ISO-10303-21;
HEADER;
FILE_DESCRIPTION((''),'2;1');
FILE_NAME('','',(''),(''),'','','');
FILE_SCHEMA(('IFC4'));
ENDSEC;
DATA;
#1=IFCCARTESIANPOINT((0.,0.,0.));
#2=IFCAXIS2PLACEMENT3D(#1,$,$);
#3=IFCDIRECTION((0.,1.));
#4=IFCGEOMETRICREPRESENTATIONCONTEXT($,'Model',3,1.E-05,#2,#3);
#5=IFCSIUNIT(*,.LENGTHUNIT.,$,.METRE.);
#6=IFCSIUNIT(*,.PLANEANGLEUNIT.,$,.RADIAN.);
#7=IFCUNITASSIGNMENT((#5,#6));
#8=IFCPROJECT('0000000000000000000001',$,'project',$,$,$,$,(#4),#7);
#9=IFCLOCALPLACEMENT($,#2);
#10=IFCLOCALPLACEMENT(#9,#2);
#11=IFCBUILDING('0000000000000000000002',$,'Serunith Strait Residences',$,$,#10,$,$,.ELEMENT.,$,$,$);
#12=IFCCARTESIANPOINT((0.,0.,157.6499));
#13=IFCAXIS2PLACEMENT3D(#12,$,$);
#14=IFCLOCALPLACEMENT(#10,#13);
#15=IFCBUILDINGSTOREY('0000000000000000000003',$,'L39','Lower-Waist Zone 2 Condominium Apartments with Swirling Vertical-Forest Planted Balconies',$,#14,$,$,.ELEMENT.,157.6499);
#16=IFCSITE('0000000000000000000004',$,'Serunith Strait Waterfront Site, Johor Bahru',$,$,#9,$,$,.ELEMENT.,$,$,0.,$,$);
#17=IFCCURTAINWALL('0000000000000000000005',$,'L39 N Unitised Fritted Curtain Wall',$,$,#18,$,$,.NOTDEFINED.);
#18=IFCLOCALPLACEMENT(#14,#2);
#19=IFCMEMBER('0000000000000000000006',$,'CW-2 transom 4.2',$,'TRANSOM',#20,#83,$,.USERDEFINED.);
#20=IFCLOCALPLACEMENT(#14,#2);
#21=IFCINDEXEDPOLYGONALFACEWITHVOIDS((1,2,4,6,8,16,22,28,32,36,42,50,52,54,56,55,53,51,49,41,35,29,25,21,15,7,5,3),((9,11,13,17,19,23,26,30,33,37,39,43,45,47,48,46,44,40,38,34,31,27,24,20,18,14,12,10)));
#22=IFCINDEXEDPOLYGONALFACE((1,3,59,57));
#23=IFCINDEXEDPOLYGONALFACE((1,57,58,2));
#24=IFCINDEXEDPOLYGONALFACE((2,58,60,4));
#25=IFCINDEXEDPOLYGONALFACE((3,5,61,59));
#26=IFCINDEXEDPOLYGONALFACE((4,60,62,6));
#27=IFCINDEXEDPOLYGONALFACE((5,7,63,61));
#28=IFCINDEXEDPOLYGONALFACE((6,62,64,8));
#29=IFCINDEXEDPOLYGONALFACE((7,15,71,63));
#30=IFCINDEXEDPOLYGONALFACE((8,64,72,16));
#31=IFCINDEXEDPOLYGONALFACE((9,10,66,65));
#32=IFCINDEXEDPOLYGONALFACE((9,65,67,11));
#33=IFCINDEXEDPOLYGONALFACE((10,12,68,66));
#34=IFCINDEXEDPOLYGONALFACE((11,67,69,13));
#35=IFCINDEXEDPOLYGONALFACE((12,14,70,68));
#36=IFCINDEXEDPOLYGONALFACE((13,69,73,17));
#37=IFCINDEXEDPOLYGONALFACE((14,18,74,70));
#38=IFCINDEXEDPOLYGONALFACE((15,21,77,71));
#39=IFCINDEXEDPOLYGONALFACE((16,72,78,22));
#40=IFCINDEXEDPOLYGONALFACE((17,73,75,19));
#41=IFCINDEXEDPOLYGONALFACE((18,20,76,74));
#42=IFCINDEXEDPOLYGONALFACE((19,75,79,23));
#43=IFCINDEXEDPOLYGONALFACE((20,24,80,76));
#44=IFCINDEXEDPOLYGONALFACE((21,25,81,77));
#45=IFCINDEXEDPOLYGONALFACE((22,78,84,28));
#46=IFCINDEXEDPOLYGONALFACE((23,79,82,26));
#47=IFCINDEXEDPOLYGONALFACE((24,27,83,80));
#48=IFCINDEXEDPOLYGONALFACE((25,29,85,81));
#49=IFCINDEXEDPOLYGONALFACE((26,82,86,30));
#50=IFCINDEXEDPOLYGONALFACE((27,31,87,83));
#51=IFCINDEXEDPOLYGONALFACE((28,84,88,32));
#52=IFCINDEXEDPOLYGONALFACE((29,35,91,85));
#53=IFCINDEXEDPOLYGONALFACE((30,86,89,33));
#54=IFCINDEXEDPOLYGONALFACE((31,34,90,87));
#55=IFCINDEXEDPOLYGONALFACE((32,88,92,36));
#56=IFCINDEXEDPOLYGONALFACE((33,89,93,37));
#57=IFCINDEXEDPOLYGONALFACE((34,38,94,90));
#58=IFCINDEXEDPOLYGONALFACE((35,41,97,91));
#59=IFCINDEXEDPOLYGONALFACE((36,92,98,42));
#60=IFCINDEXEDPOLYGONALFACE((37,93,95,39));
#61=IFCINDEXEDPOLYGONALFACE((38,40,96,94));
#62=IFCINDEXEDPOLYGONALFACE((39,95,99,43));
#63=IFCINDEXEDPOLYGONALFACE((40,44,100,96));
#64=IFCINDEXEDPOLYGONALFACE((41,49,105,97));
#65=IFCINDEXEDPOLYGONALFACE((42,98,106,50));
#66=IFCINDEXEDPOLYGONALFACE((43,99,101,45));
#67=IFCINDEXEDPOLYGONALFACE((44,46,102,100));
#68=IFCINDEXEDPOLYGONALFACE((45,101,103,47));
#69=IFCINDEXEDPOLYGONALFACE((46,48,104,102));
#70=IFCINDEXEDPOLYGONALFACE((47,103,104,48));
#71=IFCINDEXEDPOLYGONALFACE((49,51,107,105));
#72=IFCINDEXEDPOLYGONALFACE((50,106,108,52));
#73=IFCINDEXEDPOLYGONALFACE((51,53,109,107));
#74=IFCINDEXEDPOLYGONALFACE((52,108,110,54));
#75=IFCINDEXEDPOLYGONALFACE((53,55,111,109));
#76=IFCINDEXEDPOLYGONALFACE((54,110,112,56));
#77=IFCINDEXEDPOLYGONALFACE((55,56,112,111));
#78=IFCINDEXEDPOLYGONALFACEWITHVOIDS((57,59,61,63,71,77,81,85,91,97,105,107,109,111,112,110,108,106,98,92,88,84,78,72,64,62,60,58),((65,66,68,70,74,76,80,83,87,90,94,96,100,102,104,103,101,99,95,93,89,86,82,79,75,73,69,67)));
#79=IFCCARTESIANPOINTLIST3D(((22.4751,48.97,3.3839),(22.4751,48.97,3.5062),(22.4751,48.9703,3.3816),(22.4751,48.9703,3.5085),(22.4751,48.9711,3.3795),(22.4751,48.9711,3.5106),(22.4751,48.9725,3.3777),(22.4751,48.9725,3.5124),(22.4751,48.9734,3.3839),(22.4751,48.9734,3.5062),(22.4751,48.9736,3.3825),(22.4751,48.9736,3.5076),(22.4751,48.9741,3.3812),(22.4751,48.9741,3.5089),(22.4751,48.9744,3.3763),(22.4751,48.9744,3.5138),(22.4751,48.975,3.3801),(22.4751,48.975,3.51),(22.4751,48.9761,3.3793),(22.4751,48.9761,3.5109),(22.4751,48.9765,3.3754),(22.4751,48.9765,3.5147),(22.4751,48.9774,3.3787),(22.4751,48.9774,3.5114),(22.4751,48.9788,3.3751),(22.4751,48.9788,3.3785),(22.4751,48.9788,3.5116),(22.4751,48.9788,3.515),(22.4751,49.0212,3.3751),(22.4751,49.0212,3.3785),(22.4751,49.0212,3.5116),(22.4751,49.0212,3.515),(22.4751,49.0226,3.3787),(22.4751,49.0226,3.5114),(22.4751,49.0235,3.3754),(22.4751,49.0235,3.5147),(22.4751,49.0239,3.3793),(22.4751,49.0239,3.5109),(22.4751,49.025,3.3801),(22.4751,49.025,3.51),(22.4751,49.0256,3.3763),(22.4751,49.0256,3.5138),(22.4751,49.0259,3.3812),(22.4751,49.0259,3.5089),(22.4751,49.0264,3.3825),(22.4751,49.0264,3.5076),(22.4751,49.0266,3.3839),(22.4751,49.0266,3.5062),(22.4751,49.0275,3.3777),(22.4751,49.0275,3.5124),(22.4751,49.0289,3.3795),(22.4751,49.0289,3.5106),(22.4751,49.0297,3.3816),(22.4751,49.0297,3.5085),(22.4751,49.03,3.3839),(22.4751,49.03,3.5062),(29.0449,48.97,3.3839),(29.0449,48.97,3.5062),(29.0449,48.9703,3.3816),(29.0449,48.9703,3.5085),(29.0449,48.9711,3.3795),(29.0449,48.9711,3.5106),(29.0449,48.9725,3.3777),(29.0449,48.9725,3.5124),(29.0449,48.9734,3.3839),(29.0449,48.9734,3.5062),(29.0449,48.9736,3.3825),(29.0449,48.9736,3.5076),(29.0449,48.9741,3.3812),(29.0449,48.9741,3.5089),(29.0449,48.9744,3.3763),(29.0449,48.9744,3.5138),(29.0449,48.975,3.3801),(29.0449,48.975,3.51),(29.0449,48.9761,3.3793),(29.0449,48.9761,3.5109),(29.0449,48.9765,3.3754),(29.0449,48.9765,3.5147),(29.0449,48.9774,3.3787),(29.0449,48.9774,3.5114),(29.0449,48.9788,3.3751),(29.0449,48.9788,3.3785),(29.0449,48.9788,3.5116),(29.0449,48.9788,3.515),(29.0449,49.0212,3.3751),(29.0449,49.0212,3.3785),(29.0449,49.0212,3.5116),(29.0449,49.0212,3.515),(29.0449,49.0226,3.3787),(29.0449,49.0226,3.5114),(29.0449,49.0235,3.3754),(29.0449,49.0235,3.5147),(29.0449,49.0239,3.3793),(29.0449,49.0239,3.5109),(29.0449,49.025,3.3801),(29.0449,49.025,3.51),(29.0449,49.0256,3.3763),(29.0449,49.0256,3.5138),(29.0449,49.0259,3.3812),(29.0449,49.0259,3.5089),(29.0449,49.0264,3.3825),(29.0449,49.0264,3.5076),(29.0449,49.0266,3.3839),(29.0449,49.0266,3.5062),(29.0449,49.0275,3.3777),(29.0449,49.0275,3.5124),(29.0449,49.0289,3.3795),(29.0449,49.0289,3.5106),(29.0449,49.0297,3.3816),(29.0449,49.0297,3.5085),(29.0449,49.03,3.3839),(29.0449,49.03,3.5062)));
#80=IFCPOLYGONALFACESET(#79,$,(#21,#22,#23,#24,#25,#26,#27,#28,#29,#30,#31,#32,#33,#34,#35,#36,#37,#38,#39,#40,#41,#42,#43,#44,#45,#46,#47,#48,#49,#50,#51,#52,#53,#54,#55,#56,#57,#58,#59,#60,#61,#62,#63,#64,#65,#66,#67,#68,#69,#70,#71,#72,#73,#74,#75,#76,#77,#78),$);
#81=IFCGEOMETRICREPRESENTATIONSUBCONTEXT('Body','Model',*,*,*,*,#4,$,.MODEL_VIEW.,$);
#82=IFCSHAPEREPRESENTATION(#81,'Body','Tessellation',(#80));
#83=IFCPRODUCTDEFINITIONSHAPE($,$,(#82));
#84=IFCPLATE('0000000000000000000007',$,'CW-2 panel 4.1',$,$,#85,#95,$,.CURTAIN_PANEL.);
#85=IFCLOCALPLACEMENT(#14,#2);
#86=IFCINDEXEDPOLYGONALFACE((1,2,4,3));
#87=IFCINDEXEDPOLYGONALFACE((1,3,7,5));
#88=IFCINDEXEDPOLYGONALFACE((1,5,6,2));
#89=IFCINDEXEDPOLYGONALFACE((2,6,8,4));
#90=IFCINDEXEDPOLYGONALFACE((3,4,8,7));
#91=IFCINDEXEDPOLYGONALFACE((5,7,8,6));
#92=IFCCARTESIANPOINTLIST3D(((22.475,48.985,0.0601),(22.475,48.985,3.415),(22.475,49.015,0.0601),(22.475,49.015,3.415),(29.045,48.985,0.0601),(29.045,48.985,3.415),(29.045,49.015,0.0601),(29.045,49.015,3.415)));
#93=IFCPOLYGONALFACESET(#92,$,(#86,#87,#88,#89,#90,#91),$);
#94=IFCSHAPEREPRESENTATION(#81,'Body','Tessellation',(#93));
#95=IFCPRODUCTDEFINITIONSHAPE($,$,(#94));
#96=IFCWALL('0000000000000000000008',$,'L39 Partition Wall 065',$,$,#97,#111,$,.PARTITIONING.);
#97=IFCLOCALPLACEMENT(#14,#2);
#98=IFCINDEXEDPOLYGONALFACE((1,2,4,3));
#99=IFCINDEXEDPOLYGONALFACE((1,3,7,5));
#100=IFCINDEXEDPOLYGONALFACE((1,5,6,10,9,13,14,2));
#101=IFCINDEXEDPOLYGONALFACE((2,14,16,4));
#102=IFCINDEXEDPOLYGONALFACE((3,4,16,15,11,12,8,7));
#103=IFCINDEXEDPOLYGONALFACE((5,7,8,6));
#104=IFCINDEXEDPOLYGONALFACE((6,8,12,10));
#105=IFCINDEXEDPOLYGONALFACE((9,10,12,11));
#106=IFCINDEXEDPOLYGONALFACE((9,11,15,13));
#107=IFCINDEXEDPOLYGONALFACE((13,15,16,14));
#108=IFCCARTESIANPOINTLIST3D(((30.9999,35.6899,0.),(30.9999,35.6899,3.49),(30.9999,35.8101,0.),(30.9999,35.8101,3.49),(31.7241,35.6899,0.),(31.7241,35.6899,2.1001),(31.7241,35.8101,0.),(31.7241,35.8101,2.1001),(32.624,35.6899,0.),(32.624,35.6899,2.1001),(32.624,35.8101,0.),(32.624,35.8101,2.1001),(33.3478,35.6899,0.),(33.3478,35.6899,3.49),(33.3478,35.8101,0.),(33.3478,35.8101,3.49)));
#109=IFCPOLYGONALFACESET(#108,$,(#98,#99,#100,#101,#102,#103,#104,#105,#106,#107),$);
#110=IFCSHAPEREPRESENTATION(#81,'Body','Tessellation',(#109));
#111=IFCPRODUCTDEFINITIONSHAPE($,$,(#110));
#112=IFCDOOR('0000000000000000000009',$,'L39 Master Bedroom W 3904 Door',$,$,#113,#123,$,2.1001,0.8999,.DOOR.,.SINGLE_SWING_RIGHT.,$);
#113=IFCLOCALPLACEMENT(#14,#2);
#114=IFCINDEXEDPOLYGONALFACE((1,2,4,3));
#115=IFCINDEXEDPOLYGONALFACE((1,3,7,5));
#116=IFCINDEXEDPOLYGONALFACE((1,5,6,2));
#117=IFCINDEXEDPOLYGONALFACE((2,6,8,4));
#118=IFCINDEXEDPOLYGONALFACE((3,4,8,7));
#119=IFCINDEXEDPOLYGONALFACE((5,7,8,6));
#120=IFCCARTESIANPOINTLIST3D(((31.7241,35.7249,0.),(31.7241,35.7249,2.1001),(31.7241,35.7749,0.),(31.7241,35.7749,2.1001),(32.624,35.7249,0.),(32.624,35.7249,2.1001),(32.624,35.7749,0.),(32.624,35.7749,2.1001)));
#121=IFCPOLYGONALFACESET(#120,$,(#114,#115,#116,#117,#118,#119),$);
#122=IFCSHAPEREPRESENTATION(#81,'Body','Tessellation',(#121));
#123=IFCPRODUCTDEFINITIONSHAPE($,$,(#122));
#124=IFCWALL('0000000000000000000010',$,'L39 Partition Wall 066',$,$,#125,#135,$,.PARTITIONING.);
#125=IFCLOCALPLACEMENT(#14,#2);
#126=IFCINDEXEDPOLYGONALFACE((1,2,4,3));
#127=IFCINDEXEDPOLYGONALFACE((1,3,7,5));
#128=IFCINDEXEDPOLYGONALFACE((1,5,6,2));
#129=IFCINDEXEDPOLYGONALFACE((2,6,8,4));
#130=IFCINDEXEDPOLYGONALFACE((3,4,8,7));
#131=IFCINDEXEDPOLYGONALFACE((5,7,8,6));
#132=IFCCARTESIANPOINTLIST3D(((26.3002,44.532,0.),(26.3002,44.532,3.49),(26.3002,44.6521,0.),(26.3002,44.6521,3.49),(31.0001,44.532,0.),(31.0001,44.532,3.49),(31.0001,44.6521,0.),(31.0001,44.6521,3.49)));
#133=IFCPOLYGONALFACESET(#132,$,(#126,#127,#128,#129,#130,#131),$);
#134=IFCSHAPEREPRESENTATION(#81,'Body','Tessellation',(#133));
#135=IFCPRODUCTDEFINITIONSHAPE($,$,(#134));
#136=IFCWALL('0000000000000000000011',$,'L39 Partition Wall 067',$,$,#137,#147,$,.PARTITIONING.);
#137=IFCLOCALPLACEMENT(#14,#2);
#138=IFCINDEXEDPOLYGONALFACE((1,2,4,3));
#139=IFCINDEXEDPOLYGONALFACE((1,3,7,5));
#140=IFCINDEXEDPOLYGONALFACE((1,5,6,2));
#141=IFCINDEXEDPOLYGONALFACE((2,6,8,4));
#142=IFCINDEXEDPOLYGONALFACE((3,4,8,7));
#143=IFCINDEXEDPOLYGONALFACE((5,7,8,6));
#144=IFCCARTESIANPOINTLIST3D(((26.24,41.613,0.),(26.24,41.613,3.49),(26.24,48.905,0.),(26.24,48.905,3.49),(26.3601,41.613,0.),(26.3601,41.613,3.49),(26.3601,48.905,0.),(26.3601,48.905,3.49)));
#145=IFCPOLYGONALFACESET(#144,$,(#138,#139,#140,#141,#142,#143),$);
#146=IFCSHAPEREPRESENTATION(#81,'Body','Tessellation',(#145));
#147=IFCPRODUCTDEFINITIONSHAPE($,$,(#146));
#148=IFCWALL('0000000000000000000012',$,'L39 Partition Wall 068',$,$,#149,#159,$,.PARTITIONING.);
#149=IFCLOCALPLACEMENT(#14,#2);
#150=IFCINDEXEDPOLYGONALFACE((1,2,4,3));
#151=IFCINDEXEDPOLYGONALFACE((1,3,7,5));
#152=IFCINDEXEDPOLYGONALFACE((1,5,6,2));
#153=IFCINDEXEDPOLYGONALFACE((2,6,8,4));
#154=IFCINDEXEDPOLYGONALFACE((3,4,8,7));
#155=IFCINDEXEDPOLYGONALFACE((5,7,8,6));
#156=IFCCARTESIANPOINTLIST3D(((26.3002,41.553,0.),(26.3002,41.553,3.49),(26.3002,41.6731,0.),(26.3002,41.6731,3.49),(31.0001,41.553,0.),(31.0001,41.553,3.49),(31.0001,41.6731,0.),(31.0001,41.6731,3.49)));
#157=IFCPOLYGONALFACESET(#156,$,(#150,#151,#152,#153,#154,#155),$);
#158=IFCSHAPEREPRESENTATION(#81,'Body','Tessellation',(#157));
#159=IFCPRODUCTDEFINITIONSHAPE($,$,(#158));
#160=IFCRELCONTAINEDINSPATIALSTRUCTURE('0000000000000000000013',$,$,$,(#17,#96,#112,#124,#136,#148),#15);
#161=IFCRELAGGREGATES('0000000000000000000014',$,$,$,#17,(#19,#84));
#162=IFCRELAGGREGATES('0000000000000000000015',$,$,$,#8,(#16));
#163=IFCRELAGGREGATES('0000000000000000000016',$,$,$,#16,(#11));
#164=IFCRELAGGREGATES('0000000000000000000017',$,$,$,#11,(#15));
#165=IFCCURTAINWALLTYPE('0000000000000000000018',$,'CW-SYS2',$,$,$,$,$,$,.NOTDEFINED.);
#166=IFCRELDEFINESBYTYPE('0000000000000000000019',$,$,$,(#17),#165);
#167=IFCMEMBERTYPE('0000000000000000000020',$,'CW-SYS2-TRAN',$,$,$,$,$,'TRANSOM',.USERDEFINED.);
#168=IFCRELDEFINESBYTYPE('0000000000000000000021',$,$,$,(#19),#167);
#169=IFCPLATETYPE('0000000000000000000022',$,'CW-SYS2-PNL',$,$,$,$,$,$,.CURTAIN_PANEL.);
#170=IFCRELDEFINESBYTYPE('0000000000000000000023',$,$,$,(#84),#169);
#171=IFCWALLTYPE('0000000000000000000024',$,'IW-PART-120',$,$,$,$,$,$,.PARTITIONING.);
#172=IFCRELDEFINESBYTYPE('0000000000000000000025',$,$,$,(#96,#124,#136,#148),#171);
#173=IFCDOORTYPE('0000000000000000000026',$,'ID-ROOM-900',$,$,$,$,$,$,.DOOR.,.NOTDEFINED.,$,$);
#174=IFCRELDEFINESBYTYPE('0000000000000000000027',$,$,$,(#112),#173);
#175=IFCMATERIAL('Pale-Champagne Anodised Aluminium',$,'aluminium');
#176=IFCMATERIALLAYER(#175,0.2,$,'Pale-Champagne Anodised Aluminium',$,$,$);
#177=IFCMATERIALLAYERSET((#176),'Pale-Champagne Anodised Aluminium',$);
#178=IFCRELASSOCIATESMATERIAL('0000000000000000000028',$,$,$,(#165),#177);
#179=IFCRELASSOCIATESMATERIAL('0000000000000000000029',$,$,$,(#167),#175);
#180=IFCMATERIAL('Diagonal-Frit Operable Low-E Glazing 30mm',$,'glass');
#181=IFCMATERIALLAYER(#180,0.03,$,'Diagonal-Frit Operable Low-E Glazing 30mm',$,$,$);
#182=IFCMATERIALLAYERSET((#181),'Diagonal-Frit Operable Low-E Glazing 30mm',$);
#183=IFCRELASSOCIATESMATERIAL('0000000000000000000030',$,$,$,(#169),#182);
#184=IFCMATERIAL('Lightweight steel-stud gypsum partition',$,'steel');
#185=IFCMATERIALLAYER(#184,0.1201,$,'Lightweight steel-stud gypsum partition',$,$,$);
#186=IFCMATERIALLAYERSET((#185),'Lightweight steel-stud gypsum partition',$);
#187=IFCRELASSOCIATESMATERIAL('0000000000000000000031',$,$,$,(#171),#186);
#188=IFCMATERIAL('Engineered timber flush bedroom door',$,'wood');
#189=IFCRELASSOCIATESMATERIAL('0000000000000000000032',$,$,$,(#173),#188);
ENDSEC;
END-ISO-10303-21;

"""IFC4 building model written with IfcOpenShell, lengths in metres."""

from ifc_helpers import new_model, si_unit, direction, frame, frame_2d, origin, origin_2d, place, context, subcontext, project, spatial, rectangle, hollow_rectangle, extrude, source, transform, mapped, material, layer, layer_set, material_profile, profile_set, type_object, element, fill, aggregate, save


model = new_model("IFC4")

# Units and contexts
model_context = context("Model", 3, precision=1e-05, world=origin(), true_north=direction((0.0, 1.0)))
body_context = subcontext(model_context, "Body", "Model", "MODEL_VIEW")
ifc_project = project(units=[si_unit("LENGTHUNIT", "METRE"), si_unit("PLANEANGLEUNIT", "RADIAN")], contexts=[model_context])

# Site, building, storey
site_placement = place(None, origin())
site = spatial("IfcSite", under=ifc_project, at=site_placement, Name="Serunith Strait Waterfront Site, Johor Bahru", CompositionType="ELEMENT", RefElevation=0.0)
building_placement = place(site_placement, origin())
building = spatial("IfcBuilding", under=site, at=building_placement, Name="Serunith Strait Residences", CompositionType="ELEMENT")
storey_placement = place(building_placement, frame((0.0, 0.0, 157.6499)))
storey = spatial("IfcBuildingStorey", under=building, at=storey_placement, Name="L39", Description="Lower-Waist Zone 2 Condominium Apartments with Swirling Vertical-Forest Planted Balconies", CompositionType="ELEMENT", Elevation=157.6499)

# Curtain wall, member, plate
ifc_material_1 = material(Name="Pale-Champagne Anodised Aluminium", Category="aluminium")
ifc_layer_1 = layer(ifc_material_1, 0.2, Name="Pale-Champagne Anodised Aluminium")
ifc_layer_set_1 = layer_set([ifc_layer_1], Name="Pale-Champagne Anodised Aluminium")
curtain_wall_type = type_object("IfcCurtainWallType", Name="CW-SYS2", PredefinedType="NOTDEFINED", material=ifc_layer_set_1)
curtain_wall_placement = place(storey_placement, origin())
curtain_wall = element("IfcCurtainWall", 1, at=curtain_wall_placement, inside=storey, type_object=curtain_wall_type, Name="L39 N Unitised Fritted Curtain Wall", PredefinedType="NOTDEFINED")
ifc_material_profile_1 = material_profile(ifc_material_1, hollow_rectangle(XDim=0.0601, YDim=0.1399, WallThickness=0.0034, InnerFilletRadius=0.0054, OuterFilletRadius=0.0088, at=origin_2d()), Name="ALU 140x60x3.5")
ifc_profile_set_1 = profile_set([ifc_material_profile_1], Name="Pale-Champagne Anodised Aluminium")
member_type_1 = type_object("IfcMemberType", Name="CW-SYS2-TRAN", ElementType="TRANSOM", PredefinedType="USERDEFINED", material=ifc_profile_set_1)
shared_shape_1 = source(origin(), body_context, "Body", "SweptSolid", [
    extrude(hollow_rectangle(XDim=0.0601, YDim=0.1399, WallThickness=0.0034, InnerFilletRadius=0.0054, OuterFilletRadius=0.0088, at=origin_2d()), origin(), (0.0, 0.0, 1.0), 6.5698),
])
member_1_placement = place(storey_placement, frame((29.0449, 49.0, 3.4451), z_axis=(-1.0, 0.0, 0.0), x_axis=(0.0, -1.0, 0.0)))
member_1 = element("IfcMember", 2, at=member_1_placement, type_object=member_type_1, Name="CW-2 transom 4.2", ObjectType="TRANSOM", PredefinedType="USERDEFINED", context=body_context, shape_type="MappedRepresentation", body=[
    mapped(shared_shape_1, transform((0.0, 0.0, 0.0), scale=1.0)),
])
ifc_material_2 = material(Name="Diagonal-Frit Operable Low-E Glazing 30mm", Category="glass")
ifc_layer_2 = layer(ifc_material_2, 0.03, Name="Diagonal-Frit Operable Low-E Glazing 30mm")
ifc_layer_set_2 = layer_set([ifc_layer_2], Name="Diagonal-Frit Operable Low-E Glazing 30mm")
plate_type = type_object("IfcPlateType", Name="CW-SYS2-PNL", PredefinedType="CURTAIN_PANEL", material=ifc_layer_set_2)
shared_shape_2 = source(origin(), body_context, "Body", "SweptSolid", [
    extrude(rectangle(XDim=6.5701, YDim=0.03, at=origin_2d()), origin(), (0.0, 0.0, 1.0), 3.355),
])
plate_placement = place(storey_placement, frame((25.76, 49.0, 0.0601), z_axis=(0.0, 0.0, 1.0), x_axis=(-1.0, 0.0, 0.0)))
plate = element("IfcPlate", 3, at=plate_placement, type_object=plate_type, Name="CW-2 panel 4.1", PredefinedType="CURTAIN_PANEL", context=body_context, shape_type="MappedRepresentation", body=[
    mapped(shared_shape_2, transform((0.0, 0.0, 0.0), scale=1.0)),
])
aggregate(curtain_wall, [member_1, plate])

# Wall, opening, door
ifc_material_3 = material(Name="Lightweight steel-stud gypsum partition", Category="steel")
ifc_layer_3 = layer(ifc_material_3, 0.1201, Name="Lightweight steel-stud gypsum partition")
ifc_layer_set_3 = layer_set([ifc_layer_3], Name="Lightweight steel-stud gypsum partition")
wall_type_1 = type_object("IfcWallType", Name="IW-PART-120", PredefinedType="PARTITIONING", material=ifc_layer_set_3)
wall_1_placement = place(storey_placement, frame((31.0, 35.75, 0.0), z_axis=(0.0, 0.0, 1.0), x_axis=(1.0, 0.0, 0.0)))
wall_1 = element("IfcWall", 4, at=wall_1_placement, inside=storey, type_object=wall_type_1, Name="L39 Partition Wall 065", PredefinedType="PARTITIONING", context=body_context, shape_type="SweptSolid", body=[
    extrude(rectangle(XDim=2.3479, YDim=0.1201, at=frame_2d((1.1738, 0.0))), origin(), (0.0, 0.0, 1.0), 3.49),
])
opening_1_placement = place(wall_1_placement, frame((0.7241, 0.0, 0.0)))
opening_1 = element("IfcOpeningElement", 5, at=opening_1_placement, cuts=wall_1, PredefinedType="OPENING", context=body_context, shape_type="SweptSolid", body=[
    extrude(rectangle(XDim=0.8999, YDim=2.1001, at=frame_2d((0.45, 1.05))), frame((0.0, 0.0701, 0.0), z_axis=(0.0, -1.0, 0.0), x_axis=(1.0, 0.0, 0.0)), (0.0, 0.0, 1.0), 0.1401),
])
ifc_material_4 = material(Name="Engineered timber flush bedroom door", Category="wood")
door_type_1 = type_object("IfcDoorType", Name="ID-ROOM-900", OperationType="NOTDEFINED", PredefinedType="DOOR", material=ifc_material_4)
shared_shape_3 = source(origin(), body_context, "Body", "SweptSolid", [
    extrude(rectangle(XDim=0.8999, YDim=2.1001, at=frame_2d((0.45, 1.05))), frame((0.0, 0.0249, 0.0), z_axis=(0.0, -1.0, 0.0), x_axis=(1.0, 0.0, 0.0)), (0.0, 0.0, 1.0), 0.05),
])
door_1_placement = place(opening_1_placement, origin())
door_1 = element("IfcDoor", 6, at=door_1_placement, inside=storey, type_object=door_type_1, Name="L39 Master Bedroom W 3904 Door", OperationType="SINGLE_SWING_RIGHT", OverallHeight=2.1001, OverallWidth=0.8999, PredefinedType="DOOR", context=body_context, shape_type="MappedRepresentation", body=[
    mapped(shared_shape_3, transform((0.0, 0.0, 0.0), scale=1.0)),
])
fill(opening_1, door_1)

# Walls
wall_2_placement = place(storey_placement, frame((26.3, 44.592, 0.0), z_axis=(0.0, 0.0, 1.0), x_axis=(1.0, 0.0, 0.0)))
element("IfcWall", 7, at=wall_2_placement, inside=storey, type_object=wall_type_1, Name="L39 Partition Wall 066", PredefinedType="PARTITIONING", context=body_context, shape_type="SweptSolid", body=[
    extrude(rectangle(XDim=4.7, YDim=0.1201, at=frame_2d((2.3501, 0.0))), origin(), (0.0, 0.0, 1.0), 3.49),
])
wall_3_placement = place(storey_placement, frame((26.3, 48.905, 0.0), z_axis=(0.0, 0.0, 1.0), x_axis=(0.0, -1.0, 0.0)))
element("IfcWall", 8, at=wall_3_placement, inside=storey, type_object=wall_type_1, Name="L39 Partition Wall 067", PredefinedType="PARTITIONING", context=body_context, shape_type="SweptSolid", body=[
    extrude(rectangle(XDim=7.292, YDim=0.1201, at=frame_2d((3.646, 0.0))), origin(), (0.0, 0.0, 1.0), 3.49),
])
wall_4_placement = place(storey_placement, frame((26.3, 41.613, 0.0), z_axis=(0.0, 0.0, 1.0), x_axis=(1.0, 0.0, 0.0)))
element("IfcWall", 9, at=wall_4_placement, inside=storey, type_object=wall_type_1, Name="L39 Partition Wall 068", PredefinedType="PARTITIONING", context=body_context, shape_type="SweptSolid", body=[
    extrude(rectangle(XDim=4.7, YDim=0.1201, at=frame_2d((2.3501, 0.0))), origin(), (0.0, 0.0, 1.0), 3.49),
])

save(model, "model.ifc")
